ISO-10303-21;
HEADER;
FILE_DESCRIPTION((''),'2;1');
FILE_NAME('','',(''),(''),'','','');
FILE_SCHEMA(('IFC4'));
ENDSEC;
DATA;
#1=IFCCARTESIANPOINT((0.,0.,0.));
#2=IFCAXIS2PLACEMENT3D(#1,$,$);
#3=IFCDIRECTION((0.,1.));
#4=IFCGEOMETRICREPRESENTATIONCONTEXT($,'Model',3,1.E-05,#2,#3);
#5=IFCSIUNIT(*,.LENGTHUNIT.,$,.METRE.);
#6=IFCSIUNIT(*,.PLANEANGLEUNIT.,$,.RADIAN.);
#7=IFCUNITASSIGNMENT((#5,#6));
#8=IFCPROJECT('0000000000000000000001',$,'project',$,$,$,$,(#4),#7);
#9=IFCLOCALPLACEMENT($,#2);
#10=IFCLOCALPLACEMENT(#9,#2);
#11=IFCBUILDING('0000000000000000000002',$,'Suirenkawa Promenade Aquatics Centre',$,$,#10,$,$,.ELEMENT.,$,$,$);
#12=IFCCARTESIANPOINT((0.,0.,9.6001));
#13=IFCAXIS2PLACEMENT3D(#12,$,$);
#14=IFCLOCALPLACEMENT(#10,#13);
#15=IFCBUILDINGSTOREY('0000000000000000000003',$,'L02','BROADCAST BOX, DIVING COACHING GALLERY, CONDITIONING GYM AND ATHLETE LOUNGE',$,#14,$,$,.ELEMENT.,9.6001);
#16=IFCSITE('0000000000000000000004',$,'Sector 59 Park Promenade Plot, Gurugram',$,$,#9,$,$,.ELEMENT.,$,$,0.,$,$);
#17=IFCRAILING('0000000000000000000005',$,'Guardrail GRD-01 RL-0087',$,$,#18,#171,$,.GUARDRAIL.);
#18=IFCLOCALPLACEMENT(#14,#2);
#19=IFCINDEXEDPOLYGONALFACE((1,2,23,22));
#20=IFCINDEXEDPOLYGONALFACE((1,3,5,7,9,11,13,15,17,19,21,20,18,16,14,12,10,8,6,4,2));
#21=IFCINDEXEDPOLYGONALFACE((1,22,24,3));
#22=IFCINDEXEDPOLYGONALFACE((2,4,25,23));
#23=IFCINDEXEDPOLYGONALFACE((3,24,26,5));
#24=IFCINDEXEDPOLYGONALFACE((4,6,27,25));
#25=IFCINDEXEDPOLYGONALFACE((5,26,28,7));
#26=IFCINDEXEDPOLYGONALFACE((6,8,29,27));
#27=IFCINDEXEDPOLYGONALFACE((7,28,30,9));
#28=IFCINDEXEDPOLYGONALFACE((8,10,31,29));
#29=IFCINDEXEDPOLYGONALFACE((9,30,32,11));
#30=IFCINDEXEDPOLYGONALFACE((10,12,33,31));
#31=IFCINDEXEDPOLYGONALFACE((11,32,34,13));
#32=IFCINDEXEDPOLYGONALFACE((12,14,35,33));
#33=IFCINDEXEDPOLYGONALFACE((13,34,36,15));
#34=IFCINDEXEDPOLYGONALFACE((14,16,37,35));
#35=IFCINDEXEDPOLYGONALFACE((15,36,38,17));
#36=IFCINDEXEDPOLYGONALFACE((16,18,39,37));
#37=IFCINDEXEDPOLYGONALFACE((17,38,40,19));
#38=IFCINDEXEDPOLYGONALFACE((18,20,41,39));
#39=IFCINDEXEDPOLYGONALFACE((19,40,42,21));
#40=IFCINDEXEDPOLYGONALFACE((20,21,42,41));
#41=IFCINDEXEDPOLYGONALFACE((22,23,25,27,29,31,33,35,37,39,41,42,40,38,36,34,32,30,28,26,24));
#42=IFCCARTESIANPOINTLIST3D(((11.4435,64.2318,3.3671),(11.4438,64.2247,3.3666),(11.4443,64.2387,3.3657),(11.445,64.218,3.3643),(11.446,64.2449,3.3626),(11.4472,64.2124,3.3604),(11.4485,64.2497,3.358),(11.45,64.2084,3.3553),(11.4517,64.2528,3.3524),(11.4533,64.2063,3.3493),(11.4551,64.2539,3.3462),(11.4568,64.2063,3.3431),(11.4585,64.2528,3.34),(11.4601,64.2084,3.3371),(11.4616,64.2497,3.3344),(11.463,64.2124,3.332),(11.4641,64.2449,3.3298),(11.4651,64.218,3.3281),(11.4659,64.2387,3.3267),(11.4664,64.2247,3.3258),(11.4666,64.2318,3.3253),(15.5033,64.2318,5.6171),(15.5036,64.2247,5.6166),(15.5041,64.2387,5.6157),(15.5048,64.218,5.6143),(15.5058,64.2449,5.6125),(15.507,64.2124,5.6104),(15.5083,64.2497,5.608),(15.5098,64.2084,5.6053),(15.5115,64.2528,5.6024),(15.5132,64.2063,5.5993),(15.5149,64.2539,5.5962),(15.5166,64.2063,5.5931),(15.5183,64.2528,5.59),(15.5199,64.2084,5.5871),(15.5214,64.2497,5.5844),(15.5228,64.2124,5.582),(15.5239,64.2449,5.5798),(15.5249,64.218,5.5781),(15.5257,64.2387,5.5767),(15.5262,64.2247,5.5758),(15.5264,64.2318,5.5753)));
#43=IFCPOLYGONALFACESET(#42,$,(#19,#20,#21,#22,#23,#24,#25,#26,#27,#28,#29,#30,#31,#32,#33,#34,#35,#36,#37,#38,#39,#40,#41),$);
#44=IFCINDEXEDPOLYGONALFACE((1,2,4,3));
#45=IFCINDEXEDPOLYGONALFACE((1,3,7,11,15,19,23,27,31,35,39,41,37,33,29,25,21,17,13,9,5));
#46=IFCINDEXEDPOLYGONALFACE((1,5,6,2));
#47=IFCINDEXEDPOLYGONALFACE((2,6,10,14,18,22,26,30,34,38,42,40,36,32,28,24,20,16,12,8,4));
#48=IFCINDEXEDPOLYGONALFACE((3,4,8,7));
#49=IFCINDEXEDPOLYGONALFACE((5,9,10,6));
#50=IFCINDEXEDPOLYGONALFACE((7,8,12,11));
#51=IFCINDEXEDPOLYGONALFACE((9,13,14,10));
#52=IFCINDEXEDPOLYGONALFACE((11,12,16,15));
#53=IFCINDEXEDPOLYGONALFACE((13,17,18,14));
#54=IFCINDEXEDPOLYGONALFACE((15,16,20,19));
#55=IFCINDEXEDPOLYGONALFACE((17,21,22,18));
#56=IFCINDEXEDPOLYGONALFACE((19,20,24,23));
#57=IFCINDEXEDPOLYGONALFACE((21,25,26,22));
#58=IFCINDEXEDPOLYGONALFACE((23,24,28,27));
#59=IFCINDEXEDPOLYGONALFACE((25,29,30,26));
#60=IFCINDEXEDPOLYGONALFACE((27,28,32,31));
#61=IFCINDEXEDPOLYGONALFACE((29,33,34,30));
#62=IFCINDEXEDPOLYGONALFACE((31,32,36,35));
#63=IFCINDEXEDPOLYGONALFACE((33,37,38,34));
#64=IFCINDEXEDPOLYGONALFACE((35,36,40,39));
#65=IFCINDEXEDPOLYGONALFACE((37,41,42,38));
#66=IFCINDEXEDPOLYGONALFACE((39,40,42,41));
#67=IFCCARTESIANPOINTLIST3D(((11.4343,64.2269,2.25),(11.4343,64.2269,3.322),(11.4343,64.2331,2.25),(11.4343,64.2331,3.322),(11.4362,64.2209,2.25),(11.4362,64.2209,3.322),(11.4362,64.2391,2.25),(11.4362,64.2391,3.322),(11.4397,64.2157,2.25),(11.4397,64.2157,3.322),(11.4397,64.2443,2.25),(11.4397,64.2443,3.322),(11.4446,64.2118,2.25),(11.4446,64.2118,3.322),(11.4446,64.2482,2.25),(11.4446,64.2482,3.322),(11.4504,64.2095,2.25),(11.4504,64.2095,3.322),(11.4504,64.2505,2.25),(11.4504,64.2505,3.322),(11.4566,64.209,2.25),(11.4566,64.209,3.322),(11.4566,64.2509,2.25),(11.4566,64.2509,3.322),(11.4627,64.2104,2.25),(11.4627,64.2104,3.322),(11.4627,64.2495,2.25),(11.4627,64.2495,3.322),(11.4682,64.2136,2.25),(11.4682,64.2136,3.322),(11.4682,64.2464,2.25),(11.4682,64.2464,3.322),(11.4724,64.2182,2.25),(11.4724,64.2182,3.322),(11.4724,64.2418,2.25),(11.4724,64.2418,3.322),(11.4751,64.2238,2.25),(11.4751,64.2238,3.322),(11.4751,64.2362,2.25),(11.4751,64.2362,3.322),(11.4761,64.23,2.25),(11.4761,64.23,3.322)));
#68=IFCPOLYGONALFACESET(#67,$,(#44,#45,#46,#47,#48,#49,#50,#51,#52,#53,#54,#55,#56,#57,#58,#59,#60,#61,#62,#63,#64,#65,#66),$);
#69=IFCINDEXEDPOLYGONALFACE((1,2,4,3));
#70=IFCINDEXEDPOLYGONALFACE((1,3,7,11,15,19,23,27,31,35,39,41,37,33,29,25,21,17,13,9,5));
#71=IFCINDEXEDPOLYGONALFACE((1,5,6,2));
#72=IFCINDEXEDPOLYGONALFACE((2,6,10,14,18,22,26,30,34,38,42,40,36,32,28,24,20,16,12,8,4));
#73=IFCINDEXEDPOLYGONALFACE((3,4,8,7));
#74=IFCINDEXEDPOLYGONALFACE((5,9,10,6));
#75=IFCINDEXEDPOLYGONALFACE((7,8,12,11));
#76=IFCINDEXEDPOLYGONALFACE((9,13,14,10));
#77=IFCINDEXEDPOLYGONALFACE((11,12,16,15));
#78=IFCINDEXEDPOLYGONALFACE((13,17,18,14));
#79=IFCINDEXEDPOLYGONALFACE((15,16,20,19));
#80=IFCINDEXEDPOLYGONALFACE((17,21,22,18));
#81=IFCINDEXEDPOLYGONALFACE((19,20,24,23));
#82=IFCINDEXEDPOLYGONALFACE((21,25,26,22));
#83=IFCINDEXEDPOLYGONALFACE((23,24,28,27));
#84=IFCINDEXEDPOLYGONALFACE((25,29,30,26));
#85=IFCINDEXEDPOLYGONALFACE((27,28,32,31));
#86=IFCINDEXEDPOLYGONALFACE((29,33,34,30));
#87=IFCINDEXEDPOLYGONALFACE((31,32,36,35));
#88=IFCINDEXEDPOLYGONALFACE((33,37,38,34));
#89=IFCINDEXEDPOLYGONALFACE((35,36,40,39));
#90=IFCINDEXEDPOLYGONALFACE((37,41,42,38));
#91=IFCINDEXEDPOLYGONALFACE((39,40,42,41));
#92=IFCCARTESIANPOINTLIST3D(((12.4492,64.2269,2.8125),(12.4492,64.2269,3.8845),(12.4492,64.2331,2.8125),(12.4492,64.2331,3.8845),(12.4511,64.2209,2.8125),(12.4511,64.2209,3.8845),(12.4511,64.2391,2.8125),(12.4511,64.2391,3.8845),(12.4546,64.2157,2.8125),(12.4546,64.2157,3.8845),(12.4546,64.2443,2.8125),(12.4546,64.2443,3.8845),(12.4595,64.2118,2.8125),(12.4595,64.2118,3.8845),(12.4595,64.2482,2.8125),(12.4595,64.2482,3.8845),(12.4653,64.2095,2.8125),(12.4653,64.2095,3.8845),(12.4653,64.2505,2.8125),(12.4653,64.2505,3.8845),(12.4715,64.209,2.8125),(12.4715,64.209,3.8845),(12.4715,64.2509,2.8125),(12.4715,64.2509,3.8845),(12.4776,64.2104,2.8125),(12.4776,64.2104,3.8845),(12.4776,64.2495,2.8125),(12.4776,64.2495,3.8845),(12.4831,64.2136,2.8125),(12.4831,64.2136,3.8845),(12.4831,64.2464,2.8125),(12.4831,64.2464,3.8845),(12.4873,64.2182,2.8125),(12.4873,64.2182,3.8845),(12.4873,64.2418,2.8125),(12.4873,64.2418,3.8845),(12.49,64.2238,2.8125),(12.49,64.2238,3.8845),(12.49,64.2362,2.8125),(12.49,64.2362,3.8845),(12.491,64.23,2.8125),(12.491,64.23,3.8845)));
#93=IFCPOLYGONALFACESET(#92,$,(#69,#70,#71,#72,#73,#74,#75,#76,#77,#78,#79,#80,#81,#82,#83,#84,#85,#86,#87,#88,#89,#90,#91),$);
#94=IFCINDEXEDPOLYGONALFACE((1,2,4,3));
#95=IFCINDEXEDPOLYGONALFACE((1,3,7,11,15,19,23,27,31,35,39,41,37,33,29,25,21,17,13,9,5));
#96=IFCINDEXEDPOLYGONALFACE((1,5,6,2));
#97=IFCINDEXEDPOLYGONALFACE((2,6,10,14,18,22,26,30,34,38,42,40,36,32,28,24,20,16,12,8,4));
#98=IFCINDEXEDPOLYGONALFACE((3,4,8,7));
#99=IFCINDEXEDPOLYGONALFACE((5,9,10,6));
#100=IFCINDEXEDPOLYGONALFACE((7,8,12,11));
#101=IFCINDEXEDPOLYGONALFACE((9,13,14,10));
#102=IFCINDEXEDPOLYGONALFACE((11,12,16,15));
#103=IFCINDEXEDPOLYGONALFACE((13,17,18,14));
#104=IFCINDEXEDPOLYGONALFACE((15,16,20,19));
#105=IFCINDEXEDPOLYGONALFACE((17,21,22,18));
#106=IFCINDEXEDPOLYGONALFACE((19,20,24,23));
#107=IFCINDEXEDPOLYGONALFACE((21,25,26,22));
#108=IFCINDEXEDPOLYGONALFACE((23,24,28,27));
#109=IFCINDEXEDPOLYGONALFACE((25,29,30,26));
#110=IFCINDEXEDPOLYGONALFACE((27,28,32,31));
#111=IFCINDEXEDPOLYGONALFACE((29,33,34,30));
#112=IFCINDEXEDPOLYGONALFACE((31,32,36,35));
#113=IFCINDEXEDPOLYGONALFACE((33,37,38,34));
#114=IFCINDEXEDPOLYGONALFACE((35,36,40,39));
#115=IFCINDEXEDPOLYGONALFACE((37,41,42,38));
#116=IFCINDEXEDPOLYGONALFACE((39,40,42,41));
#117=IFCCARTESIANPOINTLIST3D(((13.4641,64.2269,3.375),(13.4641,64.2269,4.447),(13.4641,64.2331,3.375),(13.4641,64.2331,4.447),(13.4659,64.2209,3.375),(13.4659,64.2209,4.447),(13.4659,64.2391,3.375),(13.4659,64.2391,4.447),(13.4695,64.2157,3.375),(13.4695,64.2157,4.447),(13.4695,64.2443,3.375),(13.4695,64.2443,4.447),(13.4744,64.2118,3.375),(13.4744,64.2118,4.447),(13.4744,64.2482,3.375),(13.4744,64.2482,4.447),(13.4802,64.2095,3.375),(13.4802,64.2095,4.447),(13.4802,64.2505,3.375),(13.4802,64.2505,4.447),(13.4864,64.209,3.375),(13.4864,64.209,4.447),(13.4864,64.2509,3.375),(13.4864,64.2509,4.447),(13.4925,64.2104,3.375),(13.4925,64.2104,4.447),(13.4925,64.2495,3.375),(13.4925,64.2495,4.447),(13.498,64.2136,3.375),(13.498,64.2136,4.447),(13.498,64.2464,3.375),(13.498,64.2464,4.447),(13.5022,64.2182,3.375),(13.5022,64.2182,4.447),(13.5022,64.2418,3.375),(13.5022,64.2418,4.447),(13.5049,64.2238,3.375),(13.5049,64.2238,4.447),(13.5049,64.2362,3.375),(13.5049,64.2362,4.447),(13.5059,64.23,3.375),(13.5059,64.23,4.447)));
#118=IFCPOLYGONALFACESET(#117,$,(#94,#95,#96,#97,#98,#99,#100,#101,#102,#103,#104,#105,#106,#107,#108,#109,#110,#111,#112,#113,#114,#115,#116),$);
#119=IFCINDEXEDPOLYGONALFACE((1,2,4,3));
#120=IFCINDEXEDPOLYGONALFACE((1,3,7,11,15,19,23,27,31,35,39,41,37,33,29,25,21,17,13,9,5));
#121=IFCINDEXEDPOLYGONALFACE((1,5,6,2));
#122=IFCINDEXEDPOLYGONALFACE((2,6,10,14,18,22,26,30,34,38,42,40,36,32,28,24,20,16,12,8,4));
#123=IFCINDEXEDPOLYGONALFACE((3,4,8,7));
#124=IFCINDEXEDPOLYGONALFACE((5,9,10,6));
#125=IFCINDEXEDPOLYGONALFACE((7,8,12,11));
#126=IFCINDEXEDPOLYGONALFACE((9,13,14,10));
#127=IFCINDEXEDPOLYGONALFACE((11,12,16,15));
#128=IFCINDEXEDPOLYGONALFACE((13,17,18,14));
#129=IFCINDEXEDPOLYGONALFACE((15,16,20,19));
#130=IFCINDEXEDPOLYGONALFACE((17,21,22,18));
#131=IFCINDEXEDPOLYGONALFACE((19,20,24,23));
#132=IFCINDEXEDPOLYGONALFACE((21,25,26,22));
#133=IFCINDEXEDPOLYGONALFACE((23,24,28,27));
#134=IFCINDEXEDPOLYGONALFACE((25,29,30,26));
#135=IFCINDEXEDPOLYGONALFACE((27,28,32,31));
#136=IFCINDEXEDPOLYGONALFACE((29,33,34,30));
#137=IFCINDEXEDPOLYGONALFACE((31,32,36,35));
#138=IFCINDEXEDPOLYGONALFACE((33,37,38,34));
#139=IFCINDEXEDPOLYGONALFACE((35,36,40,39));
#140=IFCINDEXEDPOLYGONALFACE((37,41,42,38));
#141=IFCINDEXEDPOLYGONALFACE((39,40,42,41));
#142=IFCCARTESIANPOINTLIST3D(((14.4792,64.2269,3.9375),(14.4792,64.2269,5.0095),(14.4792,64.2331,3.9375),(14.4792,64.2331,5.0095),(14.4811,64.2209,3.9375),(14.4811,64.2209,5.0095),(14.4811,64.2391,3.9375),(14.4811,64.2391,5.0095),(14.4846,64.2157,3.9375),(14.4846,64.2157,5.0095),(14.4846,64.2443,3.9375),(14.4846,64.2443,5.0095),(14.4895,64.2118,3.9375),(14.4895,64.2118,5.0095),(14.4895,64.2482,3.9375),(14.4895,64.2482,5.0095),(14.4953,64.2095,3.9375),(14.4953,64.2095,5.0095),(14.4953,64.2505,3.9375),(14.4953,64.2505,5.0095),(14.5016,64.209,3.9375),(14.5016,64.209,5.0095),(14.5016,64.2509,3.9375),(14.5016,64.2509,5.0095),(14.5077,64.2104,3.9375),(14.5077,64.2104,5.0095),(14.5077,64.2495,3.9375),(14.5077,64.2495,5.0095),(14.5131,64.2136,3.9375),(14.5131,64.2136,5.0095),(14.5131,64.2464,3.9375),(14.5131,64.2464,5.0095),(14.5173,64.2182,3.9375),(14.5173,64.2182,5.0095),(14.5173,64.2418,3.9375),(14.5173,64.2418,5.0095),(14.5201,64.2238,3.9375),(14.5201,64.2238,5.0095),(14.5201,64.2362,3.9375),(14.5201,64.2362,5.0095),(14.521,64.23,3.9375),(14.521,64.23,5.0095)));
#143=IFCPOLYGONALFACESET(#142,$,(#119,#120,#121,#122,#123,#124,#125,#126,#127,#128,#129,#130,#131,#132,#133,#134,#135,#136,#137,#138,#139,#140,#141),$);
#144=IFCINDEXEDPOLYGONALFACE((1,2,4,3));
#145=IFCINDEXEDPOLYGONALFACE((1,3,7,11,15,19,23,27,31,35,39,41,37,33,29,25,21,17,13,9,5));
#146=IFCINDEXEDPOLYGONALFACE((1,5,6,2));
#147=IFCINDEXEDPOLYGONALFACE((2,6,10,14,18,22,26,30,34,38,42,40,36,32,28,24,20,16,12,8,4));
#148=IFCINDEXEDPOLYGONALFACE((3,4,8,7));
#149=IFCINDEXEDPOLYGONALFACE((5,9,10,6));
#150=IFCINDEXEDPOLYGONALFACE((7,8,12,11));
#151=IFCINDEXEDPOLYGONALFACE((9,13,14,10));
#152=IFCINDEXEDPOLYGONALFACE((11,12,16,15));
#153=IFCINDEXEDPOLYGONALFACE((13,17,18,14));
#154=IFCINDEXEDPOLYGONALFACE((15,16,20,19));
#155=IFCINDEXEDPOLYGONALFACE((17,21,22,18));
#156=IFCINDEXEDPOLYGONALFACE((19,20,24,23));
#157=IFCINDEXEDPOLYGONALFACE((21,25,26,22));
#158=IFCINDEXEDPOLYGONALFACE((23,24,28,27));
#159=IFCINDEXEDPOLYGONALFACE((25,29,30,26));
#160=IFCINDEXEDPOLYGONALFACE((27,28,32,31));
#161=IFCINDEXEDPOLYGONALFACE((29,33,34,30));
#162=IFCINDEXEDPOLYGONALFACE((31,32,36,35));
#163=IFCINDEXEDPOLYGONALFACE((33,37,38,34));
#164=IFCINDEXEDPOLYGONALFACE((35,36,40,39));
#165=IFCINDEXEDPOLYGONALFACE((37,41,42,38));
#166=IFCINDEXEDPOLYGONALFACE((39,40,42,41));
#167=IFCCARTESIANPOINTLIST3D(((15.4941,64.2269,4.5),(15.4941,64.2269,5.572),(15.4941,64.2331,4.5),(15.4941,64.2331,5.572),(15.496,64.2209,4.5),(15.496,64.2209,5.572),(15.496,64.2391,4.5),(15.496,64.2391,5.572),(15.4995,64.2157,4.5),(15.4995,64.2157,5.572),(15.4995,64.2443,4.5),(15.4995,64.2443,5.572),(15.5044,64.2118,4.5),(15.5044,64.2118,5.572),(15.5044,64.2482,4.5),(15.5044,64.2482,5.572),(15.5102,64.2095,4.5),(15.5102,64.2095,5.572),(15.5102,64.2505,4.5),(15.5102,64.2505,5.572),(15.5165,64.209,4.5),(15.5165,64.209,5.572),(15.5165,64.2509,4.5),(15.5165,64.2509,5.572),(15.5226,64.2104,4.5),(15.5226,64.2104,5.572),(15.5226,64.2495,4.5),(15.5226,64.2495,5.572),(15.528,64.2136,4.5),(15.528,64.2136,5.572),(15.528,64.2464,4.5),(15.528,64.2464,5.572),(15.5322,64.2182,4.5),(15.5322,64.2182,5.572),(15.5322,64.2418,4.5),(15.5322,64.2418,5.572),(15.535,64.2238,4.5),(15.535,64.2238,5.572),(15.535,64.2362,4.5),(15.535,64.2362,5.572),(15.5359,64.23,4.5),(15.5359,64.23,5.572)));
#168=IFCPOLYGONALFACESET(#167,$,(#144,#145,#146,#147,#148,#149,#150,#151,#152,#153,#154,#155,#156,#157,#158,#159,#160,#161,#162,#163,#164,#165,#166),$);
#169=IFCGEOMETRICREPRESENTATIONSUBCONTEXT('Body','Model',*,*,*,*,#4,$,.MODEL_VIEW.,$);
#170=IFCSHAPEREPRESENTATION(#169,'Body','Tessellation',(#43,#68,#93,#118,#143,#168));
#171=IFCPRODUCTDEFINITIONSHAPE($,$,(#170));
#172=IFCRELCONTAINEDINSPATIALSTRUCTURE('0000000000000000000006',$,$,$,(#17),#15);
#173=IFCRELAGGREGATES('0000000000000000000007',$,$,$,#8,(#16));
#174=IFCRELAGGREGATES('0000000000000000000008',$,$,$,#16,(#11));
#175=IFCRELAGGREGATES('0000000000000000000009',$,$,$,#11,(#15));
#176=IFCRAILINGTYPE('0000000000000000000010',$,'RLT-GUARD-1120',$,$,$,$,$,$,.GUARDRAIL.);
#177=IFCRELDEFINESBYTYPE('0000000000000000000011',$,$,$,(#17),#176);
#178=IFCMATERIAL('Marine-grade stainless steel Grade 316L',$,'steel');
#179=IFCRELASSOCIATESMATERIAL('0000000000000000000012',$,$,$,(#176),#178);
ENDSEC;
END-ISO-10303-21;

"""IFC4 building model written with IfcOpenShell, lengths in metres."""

from ifc_helpers import new_model, si_unit, direction, frame, origin, origin_2d, place, context, subcontext, project, spatial, circle, extrude, material, type_object, element, save


model = new_model("IFC4")

# Units and contexts
model_context = context("Model", 3, precision=1e-05, world=origin(), true_north=direction((0.0, 1.0)))
body_context = subcontext(model_context, "Body", "Model", "MODEL_VIEW")
ifc_project = project(units=[si_unit("LENGTHUNIT", "METRE"), si_unit("PLANEANGLEUNIT", "RADIAN")], contexts=[model_context])

# Site, building, storey
site_placement = place(None, origin())
site = spatial("IfcSite", under=ifc_project, at=site_placement, Name="Sector 59 Park Promenade Plot, Gurugram", CompositionType="ELEMENT", RefElevation=0.0)
building_placement = place(site_placement, origin())
building = spatial("IfcBuilding", under=site, at=building_placement, Name="Suirenkawa Promenade Aquatics Centre", CompositionType="ELEMENT")
storey_placement = place(building_placement, frame((0.0, 0.0, 9.6001)))
storey = spatial("IfcBuildingStorey", under=building, at=storey_placement, Name="L02", Description="BROADCAST BOX, DIVING COACHING GALLERY, CONDITIONING GYM AND ATHLETE LOUNGE", CompositionType="ELEMENT", Elevation=9.6001)

# Railing
ifc_material_1 = material(Name="Marine-grade stainless steel Grade 316L", Category="steel")
railing_type_1 = type_object("IfcRailingType", Name="RLT-GUARD-1120", PredefinedType="GUARDRAIL", material=ifc_material_1)
for number, where, name in (
    (1, (11.4551, 64.23, 2.25), "Guardrail GRD-01 RL-0087"),
):
    element("IfcRailing", number, at=place(storey_placement, frame(where)), inside=storey, type_object=railing_type_1, Name=name, PredefinedType="GUARDRAIL", context=body_context, shape_type="SweptSolid", body=[
        extrude(circle(Radius=0.0239, at=origin_2d()), frame((0.0, 0.0, 1.0962), z_axis=(0.874656, 0.0, 0.484745), x_axis=(0.0, 1.0, 0.0)), (0.0, 0.0, 1.0), 4.6416),
        extrude(circle(Radius=0.021, at=origin_2d()), origin(), (0.0, 0.0, 1.0), 1.072),
        extrude(circle(Radius=0.021, at=origin_2d()), frame((1.0149, 0.0, 0.5625)), (0.0, 0.0, 1.0), 1.072),
        extrude(circle(Radius=0.021, at=origin_2d()), frame((2.0298, 0.0, 1.125)), (0.0, 0.0, 1.0), 1.072),
        extrude(circle(Radius=0.021, at=origin_2d()), frame((3.0449, 0.0, 1.6875)), (0.0, 0.0, 1.0), 1.072),
        extrude(circle(Radius=0.021, at=origin_2d()), frame((4.0598, 0.0, 2.25)), (0.0, 0.0, 1.0), 1.072),
    ])

save(model, "model.ifc")
